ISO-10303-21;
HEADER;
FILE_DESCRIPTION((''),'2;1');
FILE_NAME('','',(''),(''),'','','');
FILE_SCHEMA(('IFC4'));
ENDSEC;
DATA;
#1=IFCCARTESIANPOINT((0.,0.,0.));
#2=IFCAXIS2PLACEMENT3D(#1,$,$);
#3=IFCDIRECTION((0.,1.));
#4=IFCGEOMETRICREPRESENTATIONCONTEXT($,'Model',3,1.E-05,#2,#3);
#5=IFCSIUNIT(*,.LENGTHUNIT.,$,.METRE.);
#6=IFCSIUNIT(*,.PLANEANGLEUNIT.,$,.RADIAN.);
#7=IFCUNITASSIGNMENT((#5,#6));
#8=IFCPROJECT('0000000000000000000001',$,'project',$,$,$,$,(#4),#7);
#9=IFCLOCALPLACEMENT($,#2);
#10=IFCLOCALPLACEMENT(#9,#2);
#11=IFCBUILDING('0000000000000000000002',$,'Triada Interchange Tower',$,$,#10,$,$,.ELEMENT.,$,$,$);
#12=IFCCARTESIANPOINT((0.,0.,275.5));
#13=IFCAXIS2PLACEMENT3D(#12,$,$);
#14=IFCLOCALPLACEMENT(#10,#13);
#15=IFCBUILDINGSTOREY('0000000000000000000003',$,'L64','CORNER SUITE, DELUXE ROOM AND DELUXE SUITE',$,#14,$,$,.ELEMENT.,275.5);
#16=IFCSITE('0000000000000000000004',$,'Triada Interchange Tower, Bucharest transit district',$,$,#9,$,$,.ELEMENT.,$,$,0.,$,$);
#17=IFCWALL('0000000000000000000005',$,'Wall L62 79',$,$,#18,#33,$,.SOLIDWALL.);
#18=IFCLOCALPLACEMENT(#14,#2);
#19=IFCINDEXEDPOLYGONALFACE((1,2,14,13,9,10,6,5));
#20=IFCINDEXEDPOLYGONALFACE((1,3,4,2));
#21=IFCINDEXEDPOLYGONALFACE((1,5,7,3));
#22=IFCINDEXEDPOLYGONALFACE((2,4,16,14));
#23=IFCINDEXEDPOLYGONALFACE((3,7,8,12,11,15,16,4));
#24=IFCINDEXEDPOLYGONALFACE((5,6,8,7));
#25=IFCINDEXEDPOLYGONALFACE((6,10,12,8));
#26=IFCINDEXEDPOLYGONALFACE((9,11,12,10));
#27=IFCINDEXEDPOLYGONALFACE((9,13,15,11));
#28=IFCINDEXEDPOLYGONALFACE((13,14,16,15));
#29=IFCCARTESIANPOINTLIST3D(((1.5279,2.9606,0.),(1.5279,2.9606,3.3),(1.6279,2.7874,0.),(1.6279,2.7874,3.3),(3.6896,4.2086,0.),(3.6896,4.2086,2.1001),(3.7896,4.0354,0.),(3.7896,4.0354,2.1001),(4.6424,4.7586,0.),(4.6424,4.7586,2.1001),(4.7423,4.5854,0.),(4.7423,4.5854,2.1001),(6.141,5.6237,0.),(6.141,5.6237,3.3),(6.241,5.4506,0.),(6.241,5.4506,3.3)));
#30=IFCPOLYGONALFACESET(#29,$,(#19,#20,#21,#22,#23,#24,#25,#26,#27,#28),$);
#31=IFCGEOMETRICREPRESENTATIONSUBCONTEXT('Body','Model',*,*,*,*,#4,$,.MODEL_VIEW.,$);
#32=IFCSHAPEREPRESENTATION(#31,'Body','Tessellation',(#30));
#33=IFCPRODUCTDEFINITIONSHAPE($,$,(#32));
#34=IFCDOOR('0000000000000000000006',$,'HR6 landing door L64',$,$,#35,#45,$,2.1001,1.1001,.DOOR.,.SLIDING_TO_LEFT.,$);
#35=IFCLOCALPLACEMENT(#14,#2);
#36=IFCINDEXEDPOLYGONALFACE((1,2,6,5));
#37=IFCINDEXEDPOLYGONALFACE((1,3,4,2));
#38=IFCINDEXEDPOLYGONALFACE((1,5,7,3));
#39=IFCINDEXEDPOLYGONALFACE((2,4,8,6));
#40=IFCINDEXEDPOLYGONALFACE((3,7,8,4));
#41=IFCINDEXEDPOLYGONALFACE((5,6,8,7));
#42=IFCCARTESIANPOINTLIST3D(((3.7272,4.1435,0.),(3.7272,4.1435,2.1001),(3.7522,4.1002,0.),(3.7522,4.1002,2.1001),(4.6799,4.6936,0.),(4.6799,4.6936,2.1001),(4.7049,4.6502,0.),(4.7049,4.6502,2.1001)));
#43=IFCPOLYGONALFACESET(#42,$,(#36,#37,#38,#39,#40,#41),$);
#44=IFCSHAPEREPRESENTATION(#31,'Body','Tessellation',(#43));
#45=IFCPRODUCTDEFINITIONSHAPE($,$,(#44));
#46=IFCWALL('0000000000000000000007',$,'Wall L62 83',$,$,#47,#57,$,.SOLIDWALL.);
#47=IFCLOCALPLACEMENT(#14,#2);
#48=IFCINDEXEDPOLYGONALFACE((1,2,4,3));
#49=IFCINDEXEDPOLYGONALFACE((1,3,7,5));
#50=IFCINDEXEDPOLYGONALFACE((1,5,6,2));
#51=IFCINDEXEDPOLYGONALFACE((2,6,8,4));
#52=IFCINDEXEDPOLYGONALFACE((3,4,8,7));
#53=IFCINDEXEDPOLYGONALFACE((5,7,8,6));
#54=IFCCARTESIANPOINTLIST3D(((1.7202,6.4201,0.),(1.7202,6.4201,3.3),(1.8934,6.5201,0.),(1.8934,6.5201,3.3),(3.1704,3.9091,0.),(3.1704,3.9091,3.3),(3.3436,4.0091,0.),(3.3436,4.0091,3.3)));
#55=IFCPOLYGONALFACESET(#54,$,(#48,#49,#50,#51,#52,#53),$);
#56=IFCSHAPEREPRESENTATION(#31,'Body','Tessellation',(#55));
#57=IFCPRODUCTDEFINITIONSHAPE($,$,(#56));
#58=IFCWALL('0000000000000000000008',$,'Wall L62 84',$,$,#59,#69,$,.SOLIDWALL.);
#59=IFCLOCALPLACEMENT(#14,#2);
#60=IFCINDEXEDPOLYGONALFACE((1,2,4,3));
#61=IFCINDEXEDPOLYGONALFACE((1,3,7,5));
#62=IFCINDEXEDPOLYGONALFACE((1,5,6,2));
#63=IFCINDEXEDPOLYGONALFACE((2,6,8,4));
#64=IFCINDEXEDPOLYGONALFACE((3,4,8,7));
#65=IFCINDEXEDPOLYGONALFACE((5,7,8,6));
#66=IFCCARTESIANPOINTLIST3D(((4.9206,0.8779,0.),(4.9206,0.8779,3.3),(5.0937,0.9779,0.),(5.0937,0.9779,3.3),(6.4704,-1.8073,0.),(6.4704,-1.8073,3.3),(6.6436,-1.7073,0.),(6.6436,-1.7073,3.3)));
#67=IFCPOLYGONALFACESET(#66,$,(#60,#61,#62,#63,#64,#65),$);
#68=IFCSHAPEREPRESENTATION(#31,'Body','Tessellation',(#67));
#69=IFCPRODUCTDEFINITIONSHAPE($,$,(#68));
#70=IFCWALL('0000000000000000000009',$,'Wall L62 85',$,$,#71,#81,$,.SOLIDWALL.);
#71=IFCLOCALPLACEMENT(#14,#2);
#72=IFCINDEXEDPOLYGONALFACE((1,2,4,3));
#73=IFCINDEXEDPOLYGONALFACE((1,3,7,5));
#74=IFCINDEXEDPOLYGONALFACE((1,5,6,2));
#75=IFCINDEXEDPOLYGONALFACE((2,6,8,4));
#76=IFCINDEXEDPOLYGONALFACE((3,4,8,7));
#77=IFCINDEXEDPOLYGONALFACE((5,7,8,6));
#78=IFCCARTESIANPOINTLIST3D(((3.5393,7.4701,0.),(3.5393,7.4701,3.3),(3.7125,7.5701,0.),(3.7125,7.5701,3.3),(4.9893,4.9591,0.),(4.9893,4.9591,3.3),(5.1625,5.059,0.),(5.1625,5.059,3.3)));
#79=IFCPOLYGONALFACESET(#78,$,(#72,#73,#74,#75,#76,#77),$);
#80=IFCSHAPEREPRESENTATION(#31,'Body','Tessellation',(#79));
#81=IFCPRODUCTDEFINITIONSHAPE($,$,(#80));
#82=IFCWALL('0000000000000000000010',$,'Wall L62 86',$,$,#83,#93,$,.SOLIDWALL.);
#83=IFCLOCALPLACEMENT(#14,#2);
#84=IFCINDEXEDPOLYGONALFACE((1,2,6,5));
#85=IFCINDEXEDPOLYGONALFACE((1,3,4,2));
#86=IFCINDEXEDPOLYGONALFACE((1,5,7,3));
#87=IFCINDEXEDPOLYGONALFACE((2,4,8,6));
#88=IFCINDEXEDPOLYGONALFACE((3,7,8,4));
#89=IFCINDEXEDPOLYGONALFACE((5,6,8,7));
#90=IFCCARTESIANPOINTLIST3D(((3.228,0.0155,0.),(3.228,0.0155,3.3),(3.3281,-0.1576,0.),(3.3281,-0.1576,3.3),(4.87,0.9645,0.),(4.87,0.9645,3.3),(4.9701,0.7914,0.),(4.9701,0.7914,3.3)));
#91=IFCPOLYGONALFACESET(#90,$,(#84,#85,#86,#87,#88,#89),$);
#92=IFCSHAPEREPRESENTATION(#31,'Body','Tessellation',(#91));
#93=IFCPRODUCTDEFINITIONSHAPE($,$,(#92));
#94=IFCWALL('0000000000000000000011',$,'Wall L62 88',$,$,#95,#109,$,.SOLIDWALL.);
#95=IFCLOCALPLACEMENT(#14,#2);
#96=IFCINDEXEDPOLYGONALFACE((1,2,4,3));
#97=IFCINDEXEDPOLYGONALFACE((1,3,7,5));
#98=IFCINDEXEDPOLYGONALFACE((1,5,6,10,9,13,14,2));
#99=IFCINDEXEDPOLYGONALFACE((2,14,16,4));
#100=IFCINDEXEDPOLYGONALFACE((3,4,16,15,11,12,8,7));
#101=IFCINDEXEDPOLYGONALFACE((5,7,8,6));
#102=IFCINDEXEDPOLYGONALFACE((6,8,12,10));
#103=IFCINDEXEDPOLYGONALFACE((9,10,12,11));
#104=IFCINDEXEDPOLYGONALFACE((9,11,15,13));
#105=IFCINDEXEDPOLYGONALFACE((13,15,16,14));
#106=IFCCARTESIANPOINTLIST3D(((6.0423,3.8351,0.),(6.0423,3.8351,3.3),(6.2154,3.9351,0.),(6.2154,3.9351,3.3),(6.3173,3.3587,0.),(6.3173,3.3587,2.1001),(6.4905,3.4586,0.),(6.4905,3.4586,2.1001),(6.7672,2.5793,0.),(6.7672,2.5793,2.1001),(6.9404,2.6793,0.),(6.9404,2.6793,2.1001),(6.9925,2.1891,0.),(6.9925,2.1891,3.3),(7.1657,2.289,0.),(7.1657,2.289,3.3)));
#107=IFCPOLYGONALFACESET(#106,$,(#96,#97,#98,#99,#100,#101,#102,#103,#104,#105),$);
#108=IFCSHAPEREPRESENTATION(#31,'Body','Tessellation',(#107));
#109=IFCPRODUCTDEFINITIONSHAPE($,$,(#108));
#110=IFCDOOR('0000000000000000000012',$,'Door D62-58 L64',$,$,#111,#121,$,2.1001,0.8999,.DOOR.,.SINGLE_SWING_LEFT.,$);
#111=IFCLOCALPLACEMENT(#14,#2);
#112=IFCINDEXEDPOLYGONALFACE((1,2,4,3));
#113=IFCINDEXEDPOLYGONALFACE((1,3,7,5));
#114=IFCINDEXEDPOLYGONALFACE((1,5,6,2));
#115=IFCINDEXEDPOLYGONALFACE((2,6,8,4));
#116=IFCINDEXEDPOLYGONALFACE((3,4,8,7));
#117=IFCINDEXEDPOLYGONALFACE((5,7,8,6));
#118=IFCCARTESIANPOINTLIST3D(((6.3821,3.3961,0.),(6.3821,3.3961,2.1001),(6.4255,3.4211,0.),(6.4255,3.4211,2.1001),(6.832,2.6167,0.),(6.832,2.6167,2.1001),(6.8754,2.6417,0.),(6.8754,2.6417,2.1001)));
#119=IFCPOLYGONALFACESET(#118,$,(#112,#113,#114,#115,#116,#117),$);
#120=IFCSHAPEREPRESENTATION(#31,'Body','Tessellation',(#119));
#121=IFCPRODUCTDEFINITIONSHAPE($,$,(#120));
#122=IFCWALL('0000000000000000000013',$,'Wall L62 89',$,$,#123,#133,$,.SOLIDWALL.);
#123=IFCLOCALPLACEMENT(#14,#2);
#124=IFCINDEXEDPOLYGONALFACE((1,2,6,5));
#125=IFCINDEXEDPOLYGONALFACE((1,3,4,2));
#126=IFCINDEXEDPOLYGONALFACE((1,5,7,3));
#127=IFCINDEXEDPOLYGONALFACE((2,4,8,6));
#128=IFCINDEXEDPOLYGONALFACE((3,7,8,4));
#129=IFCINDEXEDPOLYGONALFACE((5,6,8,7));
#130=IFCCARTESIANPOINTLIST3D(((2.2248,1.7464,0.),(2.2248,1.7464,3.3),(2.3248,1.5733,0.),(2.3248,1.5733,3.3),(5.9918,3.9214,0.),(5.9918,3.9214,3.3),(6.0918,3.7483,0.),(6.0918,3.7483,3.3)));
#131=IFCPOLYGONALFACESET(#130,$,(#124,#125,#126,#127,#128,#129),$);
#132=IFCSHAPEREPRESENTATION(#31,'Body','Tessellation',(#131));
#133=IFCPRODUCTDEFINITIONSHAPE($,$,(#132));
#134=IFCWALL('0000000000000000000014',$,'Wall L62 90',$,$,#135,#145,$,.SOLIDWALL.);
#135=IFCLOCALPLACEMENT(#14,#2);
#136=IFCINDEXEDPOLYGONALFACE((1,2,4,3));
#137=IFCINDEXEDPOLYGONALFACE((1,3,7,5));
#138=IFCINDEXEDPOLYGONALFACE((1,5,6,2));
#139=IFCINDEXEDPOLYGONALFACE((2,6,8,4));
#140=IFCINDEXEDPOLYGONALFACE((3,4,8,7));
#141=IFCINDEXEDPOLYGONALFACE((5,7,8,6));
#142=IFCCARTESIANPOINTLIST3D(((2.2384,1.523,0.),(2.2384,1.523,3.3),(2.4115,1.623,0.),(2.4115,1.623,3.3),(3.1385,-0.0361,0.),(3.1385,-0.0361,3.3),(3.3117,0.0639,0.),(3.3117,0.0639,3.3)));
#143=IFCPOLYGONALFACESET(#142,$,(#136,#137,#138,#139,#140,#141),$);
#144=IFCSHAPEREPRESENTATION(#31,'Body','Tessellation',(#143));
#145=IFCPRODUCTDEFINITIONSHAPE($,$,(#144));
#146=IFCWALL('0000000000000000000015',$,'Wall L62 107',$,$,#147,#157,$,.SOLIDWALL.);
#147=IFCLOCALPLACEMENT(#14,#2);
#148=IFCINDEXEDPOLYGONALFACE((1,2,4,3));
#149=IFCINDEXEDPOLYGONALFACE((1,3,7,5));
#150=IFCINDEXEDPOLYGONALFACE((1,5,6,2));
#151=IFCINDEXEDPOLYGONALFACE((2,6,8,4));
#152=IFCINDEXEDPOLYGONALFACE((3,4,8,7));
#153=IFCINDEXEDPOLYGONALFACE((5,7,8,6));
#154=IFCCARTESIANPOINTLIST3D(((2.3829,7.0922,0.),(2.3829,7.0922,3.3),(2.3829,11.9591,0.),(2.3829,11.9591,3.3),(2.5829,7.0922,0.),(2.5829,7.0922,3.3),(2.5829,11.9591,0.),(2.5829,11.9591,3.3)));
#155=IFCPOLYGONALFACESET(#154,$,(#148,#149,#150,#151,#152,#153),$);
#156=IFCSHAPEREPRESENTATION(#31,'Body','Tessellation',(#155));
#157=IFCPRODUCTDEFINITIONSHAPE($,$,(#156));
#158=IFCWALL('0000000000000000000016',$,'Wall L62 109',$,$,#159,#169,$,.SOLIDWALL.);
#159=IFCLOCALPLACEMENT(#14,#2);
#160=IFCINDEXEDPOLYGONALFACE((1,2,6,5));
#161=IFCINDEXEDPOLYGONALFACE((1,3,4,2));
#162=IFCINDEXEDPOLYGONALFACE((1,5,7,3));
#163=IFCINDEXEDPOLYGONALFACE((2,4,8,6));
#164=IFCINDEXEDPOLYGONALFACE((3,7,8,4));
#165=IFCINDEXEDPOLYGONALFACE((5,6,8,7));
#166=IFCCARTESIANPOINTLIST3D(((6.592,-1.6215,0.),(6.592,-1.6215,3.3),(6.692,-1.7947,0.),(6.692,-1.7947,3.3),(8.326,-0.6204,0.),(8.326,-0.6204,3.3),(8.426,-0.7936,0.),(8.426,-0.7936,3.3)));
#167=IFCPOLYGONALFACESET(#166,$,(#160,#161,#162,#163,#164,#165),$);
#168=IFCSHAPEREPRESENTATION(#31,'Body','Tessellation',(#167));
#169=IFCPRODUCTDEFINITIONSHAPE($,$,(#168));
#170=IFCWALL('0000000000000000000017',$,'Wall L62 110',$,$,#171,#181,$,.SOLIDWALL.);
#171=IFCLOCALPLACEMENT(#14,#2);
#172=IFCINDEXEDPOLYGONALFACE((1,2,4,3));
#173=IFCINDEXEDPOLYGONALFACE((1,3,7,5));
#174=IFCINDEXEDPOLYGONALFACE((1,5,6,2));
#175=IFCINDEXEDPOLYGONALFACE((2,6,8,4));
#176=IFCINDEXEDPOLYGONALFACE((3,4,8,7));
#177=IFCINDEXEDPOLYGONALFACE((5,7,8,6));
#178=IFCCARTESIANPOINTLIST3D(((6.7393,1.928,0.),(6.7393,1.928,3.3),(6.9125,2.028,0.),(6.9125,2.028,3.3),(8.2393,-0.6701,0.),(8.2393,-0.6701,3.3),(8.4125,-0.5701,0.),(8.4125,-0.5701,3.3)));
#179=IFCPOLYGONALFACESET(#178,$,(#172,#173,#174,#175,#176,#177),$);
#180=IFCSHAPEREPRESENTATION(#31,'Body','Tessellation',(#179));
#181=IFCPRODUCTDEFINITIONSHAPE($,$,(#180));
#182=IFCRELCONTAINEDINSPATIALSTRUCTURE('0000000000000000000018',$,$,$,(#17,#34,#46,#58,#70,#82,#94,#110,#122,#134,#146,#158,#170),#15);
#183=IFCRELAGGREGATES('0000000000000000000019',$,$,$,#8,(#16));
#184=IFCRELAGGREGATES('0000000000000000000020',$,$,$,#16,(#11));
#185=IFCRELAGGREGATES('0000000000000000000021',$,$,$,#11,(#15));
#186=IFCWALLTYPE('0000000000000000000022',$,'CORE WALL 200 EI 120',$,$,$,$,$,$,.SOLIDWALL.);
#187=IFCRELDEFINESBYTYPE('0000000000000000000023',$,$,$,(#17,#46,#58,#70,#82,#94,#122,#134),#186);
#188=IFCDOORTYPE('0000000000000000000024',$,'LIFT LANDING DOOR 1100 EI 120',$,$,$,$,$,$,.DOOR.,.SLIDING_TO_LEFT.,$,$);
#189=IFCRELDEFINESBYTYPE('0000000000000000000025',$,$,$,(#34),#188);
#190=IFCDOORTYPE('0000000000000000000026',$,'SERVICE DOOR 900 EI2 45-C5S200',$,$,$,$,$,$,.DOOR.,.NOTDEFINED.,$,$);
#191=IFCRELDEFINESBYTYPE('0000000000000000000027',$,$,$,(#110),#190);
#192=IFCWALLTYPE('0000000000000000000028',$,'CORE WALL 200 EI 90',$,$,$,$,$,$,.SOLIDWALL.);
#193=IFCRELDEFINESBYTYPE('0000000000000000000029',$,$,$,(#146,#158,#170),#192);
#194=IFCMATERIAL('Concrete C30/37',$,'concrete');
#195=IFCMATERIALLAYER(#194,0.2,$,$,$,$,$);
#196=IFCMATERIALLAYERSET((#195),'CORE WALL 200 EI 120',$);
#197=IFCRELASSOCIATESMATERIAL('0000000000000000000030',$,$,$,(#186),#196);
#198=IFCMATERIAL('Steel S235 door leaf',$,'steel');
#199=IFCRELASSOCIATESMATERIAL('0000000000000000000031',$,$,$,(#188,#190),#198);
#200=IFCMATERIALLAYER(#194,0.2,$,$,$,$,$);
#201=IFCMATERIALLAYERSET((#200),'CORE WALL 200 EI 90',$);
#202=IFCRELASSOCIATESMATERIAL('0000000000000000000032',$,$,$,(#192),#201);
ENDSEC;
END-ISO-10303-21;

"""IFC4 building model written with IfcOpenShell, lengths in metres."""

from ifc_helpers import new_model, si_unit, direction, frame, frame_2d, origin, place, context, subcontext, project, spatial, rectangle, extrude, material, layer, layer_set, type_object, element, fill, save


model = new_model("IFC4")

# Units and contexts
model_context = context("Model", 3, precision=1e-05, world=origin(), true_north=direction((0.0, 1.0)))
body_context = subcontext(model_context, "Body", "Model", "MODEL_VIEW")
ifc_project = project(units=[si_unit("LENGTHUNIT", "METRE"), si_unit("PLANEANGLEUNIT", "RADIAN")], contexts=[model_context])

# Site, building, storey
site_placement = place(None, origin())
site = spatial("IfcSite", under=ifc_project, at=site_placement, Name="Triada Interchange Tower, Bucharest transit district", CompositionType="ELEMENT", RefElevation=0.0)
building_placement = place(site_placement, origin())
building = spatial("IfcBuilding", under=site, at=building_placement, Name="Triada Interchange Tower", CompositionType="ELEMENT")
storey_placement = place(building_placement, frame((0.0, 0.0, 275.5)))
storey = spatial("IfcBuildingStorey", under=building, at=storey_placement, Name="L64", Description="CORNER SUITE, DELUXE ROOM AND DELUXE SUITE", CompositionType="ELEMENT", Elevation=275.5)

# Shared definitions
ifc_material_1 = material(Name="Concrete C30/37", Category="concrete")
ifc_layer_1 = layer(ifc_material_1, 0.2)
ifc_layer_set_1 = layer_set([ifc_layer_1], Name="CORE WALL 200 EI 120")
wall_type_1 = type_object("IfcWallType", Name="CORE WALL 200 EI 120", PredefinedType="SOLIDWALL", material=ifc_layer_set_1)
ifc_material_2 = material(Name="Steel S235 door leaf", Category="steel")
door_type_1 = type_object("IfcDoorType", Name="LIFT LANDING DOOR 1100 EI 120", OperationType="SLIDING_TO_LEFT", PredefinedType="DOOR", material=ifc_material_2)

# Wall, opening, door
wall_1_placement = place(storey_placement, frame((1.5779, 2.874, 0.0), z_axis=(0.0, 0.0, 1.0), x_axis=(0.866046, 0.499964, 0.0)))
wall_1 = element("IfcWall", 1, at=wall_1_placement, inside=storey, type_object=wall_type_1, Name="Wall L62 79", PredefinedType="SOLIDWALL", context=body_context, shape_type="SweptSolid", body=[
    extrude(rectangle(XDim=5.3267, YDim=0.2, at=frame_2d((2.6633, 0.0))), origin(), (0.0, 0.0, 1.0), 3.3),
])
opening_1_placement = place(wall_1_placement, frame((2.4961, 0.0, 0.0)))
opening_1 = element("IfcOpeningElement", 2, at=opening_1_placement, cuts=wall_1, PredefinedType="OPENING", context=body_context, shape_type="SweptSolid", body=[
    extrude(rectangle(XDim=1.1001, YDim=2.1001, at=frame_2d((0.55, 1.05))), frame((0.0, 0.1099, 0.0), z_axis=(0.0, -1.0, 0.0), x_axis=(1.0, 0.0, 0.0)), (0.0, 0.0, 1.0), 0.22),
])
door_1_placement = place(opening_1_placement, origin())
door_1 = element("IfcDoor", 3, at=door_1_placement, inside=storey, type_object=door_type_1, Name="HR6 landing door L64", OperationType="SLIDING_TO_LEFT", OverallHeight=2.1001, OverallWidth=1.1001, PredefinedType="DOOR", context=body_context, shape_type="SweptSolid", body=[
    extrude(rectangle(XDim=1.1001, YDim=2.1001, at=frame_2d((0.55, 1.05))), frame((0.0, 0.0249, 0.0), z_axis=(0.0, -1.0, 0.0), x_axis=(1.0, 0.0, 0.0)), (0.0, 0.0, 1.0), 0.05),
])
fill(opening_1, door_1)

# Walls
wall_2_placement = place(storey_placement, frame((1.8069, 6.47, 0.0), z_axis=(0.0, 0.0, 1.0), x_axis=(0.500123, -0.865954, 0.0)))
element("IfcWall", 4, at=wall_2_placement, inside=storey, type_object=wall_type_1, Name="Wall L62 83", PredefinedType="SOLIDWALL", context=body_context, shape_type="SweptSolid", body=[
    extrude(rectangle(XDim=2.8997, YDim=0.2, at=frame_2d((1.4497, 0.0))), origin(), (0.0, 0.0, 1.0), 3.3),
])
wall_3_placement = place(storey_placement, frame((5.0071, 0.928, 0.0), z_axis=(0.0, 0.0, 1.0), x_axis=(0.4999, -0.866083, 0.0)))
element("IfcWall", 5, at=wall_3_placement, inside=storey, type_object=wall_type_1, Name="Wall L62 84", PredefinedType="SOLIDWALL", context=body_context, shape_type="SweptSolid", body=[
    extrude(rectangle(XDim=3.1003, YDim=0.2, at=frame_2d((1.5503, 0.0))), origin(), (0.0, 0.0, 1.0), 3.3),
])
wall_4_placement = place(storey_placement, frame((3.626, 7.52, 0.0), z_axis=(0.0, 0.0, 1.0), x_axis=(0.50006, -0.865991, 0.0)))
element("IfcWall", 6, at=wall_4_placement, inside=storey, type_object=wall_type_1, Name="Wall L62 85", PredefinedType="SOLIDWALL", context=body_context, shape_type="SweptSolid", body=[
    extrude(rectangle(XDim=2.8997, YDim=0.2, at=frame_2d((1.4497, 0.0))), origin(), (0.0, 0.0, 1.0), 3.3),
])
wall_5_placement = place(storey_placement, frame((3.2781, -0.071, 0.0), z_axis=(0.0, 0.0, 1.0), x_axis=(0.865785, 0.500417, 0.0)))
element("IfcWall", 7, at=wall_5_placement, inside=storey, type_object=wall_type_1, Name="Wall L62 86", PredefinedType="SOLIDWALL", context=body_context, shape_type="SweptSolid", body=[
    extrude(rectangle(XDim=1.8965, YDim=0.2, at=frame_2d((0.9482, 0.0))), origin(), (0.0, 0.0, 1.0), 3.3),
])

# Wall, opening, door
wall_6_placement = place(storey_placement, frame((6.1289, 3.885, 0.0), z_axis=(0.0, 0.0, 1.0), x_axis=(0.499952, -0.866053, 0.0)))
wall_6 = element("IfcWall", 8, at=wall_6_placement, inside=storey, type_object=wall_type_1, Name="Wall L62 88", PredefinedType="SOLIDWALL", context=body_context, shape_type="SweptSolid", body=[
    extrude(rectangle(XDim=1.9006, YDim=0.2, at=frame_2d((0.9502, 0.0))), origin(), (0.0, 0.0, 1.0), 3.3),
])
opening_2_placement = place(wall_6_placement, frame((0.55, 0.0, 0.0)))
opening_2 = element("IfcOpeningElement", 9, at=opening_2_placement, cuts=wall_6, PredefinedType="OPENING", context=body_context, shape_type="SweptSolid", body=[
    extrude(rectangle(XDim=0.8999, YDim=2.1001, at=frame_2d((0.45, 1.05))), frame((0.0, 0.1099, 0.0), z_axis=(0.0, -1.0, 0.0), x_axis=(1.0, 0.0, 0.0)), (0.0, 0.0, 1.0), 0.22),
])
door_type_2 = type_object("IfcDoorType", Name="SERVICE DOOR 900 EI2 45-C5S200", OperationType="NOTDEFINED", PredefinedType="DOOR", material=ifc_material_2)
door_2_placement = place(opening_2_placement, origin())
door_2 = element("IfcDoor", 10, at=door_2_placement, inside=storey, type_object=door_type_2, Name="Door D62-58 L64", OperationType="SINGLE_SWING_LEFT", OverallHeight=2.1001, OverallWidth=0.8999, PredefinedType="DOOR", context=body_context, shape_type="SweptSolid", body=[
    extrude(rectangle(XDim=0.8999, YDim=2.1001, at=frame_2d((0.45, 1.05))), frame((0.0, 0.0249, 0.0), z_axis=(0.0, -1.0, 0.0), x_axis=(1.0, 0.0, 0.0)), (0.0, 0.0, 1.0), 0.05),
])
fill(opening_2, door_2)

# Walls
wall_7_placement = place(storey_placement, frame((2.2749, 1.6599, 0.0), z_axis=(0.0, 0.0, 1.0), x_axis=(0.866014, 0.50002, 0.0)))
element("IfcWall", 11, at=wall_7_placement, inside=storey, type_object=wall_type_1, Name="Wall L62 89", PredefinedType="SOLIDWALL", context=body_context, shape_type="SweptSolid", body=[
    extrude(rectangle(XDim=4.3499, YDim=0.2, at=frame_2d((2.1748, 0.0))), origin(), (0.0, 0.0, 1.0), 3.3),
])
wall_8_placement = place(storey_placement, frame((2.325, 1.573, 0.0), z_axis=(0.0, 0.0, 1.0), x_axis=(0.500004, -0.866023, 0.0)))
element("IfcWall", 12, at=wall_8_placement, inside=storey, type_object=wall_type_1, Name="Wall L62 90", PredefinedType="SOLIDWALL", context=body_context, shape_type="SweptSolid", body=[
    extrude(rectangle(XDim=1.8003, YDim=0.2, at=frame_2d((0.9001, 0.0))), origin(), (0.0, 0.0, 1.0), 3.3),
])
ifc_layer_2 = layer(ifc_material_1, 0.2)
ifc_layer_set_2 = layer_set([ifc_layer_2], Name="CORE WALL 200 EI 90")
wall_type_2 = type_object("IfcWallType", Name="CORE WALL 200 EI 90", PredefinedType="SOLIDWALL", material=ifc_layer_set_2)
wall_9_placement = place(storey_placement, frame((2.4829, 7.092, 0.0), z_axis=(0.0, 0.0, 1.0), x_axis=(0.0, 1.0, 0.0)))
element("IfcWall", 13, at=wall_9_placement, inside=storey, type_object=wall_type_2, Name="Wall L62 107", PredefinedType="SOLIDWALL", context=body_context, shape_type="SweptSolid", body=[
    extrude(rectangle(XDim=4.8669, YDim=0.2, at=frame_2d((2.4336, 0.0))), origin(), (0.0, 0.0, 1.0), 3.3),
])
wall_10_placement = place(storey_placement, frame((6.6421, -1.708, 0.0), z_axis=(0.0, 0.0, 1.0), x_axis=(0.866043, 0.499969, 0.0)))
element("IfcWall", 14, at=wall_10_placement, inside=storey, type_object=wall_type_2, Name="Wall L62 109", PredefinedType="SOLIDWALL", context=body_context, shape_type="SweptSolid", body=[
    extrude(rectangle(XDim=2.0022, YDim=0.2, at=frame_2d((1.001, 0.0))), origin(), (0.0, 0.0, 1.0), 3.3),
])
wall_11_placement = place(storey_placement, frame((6.8259, 1.978, 0.0), z_axis=(0.0, 0.0, 1.0), x_axis=(0.49999, -0.866031, 0.0)))
element("IfcWall", 15, at=wall_11_placement, inside=storey, type_object=wall_type_2, Name="Wall L62 110", PredefinedType="SOLIDWALL", context=body_context, shape_type="SweptSolid", body=[
    extrude(rectangle(XDim=3.0, YDim=0.2, at=frame_2d((1.5, 0.0))), origin(), (0.0, 0.0, 1.0), 3.3),
])

save(model, "model.ifc")
